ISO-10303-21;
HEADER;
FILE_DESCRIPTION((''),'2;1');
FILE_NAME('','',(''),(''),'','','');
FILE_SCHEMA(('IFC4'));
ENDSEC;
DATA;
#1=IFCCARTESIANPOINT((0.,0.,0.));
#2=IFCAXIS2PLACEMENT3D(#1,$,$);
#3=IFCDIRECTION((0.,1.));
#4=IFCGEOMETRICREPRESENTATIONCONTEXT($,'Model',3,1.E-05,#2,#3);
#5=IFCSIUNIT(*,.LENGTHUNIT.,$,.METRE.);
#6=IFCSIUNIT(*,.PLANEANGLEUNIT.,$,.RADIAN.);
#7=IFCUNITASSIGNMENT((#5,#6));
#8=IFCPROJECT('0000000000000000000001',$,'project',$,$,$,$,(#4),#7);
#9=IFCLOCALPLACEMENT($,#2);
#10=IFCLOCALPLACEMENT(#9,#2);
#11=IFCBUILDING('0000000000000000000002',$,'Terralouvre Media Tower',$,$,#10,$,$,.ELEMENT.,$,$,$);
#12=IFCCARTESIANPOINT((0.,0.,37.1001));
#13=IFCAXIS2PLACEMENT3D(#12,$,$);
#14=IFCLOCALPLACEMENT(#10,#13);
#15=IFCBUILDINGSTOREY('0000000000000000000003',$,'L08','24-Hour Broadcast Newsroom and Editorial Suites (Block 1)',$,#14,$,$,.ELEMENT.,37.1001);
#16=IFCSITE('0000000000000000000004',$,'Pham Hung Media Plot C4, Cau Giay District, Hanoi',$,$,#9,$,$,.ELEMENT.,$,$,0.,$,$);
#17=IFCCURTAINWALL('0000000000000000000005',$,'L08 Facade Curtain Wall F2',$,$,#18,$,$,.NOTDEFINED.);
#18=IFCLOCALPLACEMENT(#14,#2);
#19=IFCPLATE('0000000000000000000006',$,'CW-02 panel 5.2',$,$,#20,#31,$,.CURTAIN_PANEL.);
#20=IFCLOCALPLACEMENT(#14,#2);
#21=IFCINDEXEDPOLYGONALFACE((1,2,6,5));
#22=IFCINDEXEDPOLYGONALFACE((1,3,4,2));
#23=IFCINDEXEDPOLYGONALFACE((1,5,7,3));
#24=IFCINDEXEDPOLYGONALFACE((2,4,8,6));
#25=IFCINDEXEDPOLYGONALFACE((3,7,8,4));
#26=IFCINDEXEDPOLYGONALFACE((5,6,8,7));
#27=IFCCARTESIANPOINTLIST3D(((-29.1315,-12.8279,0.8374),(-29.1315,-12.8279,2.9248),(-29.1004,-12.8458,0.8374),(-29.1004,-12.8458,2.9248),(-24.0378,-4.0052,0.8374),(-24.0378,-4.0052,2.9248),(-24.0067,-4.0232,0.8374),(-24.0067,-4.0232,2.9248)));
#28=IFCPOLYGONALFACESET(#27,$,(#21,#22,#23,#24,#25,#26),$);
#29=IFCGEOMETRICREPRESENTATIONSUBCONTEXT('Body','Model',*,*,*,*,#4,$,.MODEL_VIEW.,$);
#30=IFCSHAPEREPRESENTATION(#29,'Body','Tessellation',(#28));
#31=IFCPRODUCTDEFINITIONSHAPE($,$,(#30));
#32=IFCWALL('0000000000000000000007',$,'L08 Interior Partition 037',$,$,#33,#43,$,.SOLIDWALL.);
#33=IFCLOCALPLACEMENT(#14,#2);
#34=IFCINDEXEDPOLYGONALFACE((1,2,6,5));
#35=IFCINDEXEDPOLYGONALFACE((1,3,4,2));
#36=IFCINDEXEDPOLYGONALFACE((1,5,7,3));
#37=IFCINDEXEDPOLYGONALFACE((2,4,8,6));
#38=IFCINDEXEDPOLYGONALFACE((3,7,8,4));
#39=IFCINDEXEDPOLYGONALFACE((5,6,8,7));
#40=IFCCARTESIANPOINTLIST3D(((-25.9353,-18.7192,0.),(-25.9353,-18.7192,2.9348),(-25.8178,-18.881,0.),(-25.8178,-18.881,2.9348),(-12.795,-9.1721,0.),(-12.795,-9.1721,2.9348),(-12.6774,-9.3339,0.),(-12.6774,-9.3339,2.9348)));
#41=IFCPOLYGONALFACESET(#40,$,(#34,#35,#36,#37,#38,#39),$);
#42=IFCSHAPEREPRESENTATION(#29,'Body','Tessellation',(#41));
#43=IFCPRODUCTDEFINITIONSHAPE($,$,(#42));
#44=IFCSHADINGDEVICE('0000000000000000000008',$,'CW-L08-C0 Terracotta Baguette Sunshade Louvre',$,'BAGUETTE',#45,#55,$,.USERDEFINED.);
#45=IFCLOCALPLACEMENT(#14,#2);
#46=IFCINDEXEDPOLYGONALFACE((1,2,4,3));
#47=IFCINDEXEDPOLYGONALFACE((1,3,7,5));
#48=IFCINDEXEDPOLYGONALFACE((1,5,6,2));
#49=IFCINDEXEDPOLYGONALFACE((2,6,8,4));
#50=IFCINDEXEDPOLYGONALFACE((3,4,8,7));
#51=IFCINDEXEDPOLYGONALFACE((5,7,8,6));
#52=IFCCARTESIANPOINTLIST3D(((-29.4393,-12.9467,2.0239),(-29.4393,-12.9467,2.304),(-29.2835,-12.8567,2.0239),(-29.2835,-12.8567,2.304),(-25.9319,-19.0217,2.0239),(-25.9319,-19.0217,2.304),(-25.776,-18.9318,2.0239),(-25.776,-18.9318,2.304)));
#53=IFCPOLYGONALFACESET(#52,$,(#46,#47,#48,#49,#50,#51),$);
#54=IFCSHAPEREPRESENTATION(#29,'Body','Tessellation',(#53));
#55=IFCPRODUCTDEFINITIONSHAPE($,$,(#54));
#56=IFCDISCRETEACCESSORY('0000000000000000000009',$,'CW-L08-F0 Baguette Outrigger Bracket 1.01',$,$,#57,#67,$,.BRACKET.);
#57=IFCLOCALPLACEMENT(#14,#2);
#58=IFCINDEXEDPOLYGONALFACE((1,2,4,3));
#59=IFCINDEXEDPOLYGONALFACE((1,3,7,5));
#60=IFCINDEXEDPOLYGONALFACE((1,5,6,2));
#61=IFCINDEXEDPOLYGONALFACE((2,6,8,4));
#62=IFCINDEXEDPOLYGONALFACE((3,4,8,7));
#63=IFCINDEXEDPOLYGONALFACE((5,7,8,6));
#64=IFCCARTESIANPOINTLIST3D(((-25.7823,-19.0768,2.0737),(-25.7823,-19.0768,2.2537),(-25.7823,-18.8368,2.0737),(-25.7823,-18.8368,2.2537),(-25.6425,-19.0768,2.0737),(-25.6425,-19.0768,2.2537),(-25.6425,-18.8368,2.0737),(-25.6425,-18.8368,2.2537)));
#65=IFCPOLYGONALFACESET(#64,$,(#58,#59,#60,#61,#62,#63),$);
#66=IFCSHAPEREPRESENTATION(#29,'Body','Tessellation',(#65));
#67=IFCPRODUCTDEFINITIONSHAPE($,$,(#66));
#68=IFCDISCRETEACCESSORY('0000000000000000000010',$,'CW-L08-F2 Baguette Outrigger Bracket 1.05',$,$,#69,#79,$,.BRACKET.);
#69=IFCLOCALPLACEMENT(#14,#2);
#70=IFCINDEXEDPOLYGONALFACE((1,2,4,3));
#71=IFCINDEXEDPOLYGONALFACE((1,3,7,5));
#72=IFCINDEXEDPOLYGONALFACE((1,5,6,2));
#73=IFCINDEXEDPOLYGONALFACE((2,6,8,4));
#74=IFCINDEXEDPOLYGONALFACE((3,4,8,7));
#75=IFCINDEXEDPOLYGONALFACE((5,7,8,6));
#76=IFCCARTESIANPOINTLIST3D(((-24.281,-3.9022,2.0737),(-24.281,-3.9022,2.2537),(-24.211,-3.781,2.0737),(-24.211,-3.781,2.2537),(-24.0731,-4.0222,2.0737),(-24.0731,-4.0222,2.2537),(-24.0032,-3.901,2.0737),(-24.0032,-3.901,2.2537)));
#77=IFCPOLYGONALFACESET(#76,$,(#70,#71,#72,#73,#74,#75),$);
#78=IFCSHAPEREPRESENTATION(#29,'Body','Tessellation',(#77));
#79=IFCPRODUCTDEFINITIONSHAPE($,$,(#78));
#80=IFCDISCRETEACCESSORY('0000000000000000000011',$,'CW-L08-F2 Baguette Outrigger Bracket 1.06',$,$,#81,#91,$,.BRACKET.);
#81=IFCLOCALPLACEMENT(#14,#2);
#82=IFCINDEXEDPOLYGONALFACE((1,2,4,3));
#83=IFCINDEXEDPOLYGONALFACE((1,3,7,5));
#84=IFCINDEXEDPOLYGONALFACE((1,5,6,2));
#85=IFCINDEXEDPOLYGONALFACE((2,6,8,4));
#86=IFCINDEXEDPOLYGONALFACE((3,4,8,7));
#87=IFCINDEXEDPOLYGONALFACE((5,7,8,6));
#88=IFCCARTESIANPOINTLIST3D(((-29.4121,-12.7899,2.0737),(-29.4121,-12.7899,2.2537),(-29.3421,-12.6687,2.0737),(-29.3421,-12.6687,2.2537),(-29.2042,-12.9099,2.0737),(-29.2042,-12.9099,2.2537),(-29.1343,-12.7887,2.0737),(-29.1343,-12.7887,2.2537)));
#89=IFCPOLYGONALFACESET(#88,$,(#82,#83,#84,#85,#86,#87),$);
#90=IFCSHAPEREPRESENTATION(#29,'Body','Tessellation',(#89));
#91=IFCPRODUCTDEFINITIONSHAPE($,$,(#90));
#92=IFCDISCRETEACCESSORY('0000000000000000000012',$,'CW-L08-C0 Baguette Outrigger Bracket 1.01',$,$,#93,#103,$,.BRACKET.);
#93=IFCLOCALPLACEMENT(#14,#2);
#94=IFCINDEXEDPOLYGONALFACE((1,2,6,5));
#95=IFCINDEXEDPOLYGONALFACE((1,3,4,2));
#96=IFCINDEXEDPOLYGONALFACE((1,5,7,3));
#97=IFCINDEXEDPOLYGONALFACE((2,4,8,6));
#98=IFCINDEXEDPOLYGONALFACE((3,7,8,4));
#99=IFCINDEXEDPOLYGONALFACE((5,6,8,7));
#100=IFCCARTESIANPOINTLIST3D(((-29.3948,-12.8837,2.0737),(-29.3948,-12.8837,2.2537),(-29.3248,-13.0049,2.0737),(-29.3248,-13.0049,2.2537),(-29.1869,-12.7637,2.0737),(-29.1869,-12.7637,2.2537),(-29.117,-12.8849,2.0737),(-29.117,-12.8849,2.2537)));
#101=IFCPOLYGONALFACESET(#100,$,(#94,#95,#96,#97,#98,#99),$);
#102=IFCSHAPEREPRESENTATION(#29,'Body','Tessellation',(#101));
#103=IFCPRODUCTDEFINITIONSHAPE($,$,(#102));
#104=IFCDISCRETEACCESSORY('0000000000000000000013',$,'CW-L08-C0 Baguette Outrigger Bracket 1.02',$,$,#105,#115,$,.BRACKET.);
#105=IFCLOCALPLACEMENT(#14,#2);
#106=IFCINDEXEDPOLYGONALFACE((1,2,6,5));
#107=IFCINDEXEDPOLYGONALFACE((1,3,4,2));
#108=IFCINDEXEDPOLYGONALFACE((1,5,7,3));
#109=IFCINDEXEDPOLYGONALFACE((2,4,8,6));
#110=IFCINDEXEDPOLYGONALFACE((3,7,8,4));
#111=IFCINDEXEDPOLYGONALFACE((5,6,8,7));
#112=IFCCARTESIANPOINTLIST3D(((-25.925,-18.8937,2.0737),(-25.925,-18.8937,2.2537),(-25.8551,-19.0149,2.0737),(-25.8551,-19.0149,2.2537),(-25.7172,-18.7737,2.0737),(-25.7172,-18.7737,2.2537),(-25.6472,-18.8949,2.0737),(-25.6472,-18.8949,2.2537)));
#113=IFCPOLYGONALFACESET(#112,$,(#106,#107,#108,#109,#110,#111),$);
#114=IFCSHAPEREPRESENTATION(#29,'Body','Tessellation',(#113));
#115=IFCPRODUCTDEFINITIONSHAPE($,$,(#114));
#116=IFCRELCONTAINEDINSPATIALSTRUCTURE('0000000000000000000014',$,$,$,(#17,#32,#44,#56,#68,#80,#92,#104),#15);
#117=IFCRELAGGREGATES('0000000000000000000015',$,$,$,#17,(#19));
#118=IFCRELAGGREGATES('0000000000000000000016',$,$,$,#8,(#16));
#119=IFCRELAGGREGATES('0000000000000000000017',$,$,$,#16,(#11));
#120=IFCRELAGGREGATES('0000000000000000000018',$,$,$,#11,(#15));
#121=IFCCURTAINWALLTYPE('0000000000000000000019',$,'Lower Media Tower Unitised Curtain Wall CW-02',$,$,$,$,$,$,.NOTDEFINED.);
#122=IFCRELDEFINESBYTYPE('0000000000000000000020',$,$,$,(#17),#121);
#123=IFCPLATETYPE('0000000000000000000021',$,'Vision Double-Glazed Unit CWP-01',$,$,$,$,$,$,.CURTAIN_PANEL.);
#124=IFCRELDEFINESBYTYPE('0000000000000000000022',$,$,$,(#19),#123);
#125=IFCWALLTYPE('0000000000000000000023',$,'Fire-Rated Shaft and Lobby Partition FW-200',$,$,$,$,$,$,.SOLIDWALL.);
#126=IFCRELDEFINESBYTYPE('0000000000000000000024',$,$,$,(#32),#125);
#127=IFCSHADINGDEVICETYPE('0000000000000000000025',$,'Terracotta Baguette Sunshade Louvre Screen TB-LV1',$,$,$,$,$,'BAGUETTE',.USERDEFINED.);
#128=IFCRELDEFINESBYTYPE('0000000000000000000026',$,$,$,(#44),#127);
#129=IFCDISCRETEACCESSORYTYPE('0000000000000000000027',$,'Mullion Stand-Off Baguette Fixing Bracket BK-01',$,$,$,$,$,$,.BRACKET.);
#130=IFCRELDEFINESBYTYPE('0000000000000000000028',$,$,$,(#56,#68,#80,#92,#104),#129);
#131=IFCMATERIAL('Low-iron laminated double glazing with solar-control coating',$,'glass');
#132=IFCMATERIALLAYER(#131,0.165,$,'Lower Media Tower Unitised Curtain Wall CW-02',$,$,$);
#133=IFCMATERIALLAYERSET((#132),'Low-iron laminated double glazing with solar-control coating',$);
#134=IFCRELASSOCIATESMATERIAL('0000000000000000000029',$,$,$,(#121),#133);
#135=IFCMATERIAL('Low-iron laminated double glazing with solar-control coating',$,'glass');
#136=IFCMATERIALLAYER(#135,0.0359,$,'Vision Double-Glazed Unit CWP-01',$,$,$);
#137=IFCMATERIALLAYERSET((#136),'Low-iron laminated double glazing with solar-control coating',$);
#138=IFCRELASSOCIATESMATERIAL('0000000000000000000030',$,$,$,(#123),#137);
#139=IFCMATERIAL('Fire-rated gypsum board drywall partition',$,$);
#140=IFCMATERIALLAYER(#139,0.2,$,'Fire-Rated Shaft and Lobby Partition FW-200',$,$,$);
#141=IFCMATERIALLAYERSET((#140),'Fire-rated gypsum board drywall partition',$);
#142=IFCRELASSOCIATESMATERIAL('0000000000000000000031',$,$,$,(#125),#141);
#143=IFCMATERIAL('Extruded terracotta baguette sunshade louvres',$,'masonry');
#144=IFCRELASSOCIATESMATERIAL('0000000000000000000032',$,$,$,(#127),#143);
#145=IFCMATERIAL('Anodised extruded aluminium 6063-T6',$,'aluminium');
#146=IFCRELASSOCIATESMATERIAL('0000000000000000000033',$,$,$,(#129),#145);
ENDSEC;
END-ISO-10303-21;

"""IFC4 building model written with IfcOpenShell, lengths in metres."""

from ifc_helpers import new_model, si_unit, direction, frame, frame_2d, origin, origin_2d, place, context, subcontext, project, spatial, rectangle, extrude, material, layer, layer_set, type_object, element, aggregate, save


model = new_model("IFC4")

# Units and contexts
model_context = context("Model", 3, precision=1e-05, world=origin(), true_north=direction((0.0, 1.0)))
body_context = subcontext(model_context, "Body", "Model", "MODEL_VIEW")
ifc_project = project(units=[si_unit("LENGTHUNIT", "METRE"), si_unit("PLANEANGLEUNIT", "RADIAN")], contexts=[model_context])

# Site, building, storey
site_placement = place(None, origin())
site = spatial("IfcSite", under=ifc_project, at=site_placement, Name="Pham Hung Media Plot C4, Cau Giay District, Hanoi", CompositionType="ELEMENT", RefElevation=0.0)
building_placement = place(site_placement, origin())
building = spatial("IfcBuilding", under=site, at=building_placement, Name="Terralouvre Media Tower", CompositionType="ELEMENT")
storey_placement = place(building_placement, frame((0.0, 0.0, 37.1001)))
storey = spatial("IfcBuildingStorey", under=building, at=storey_placement, Name="L08", Description="24-Hour Broadcast Newsroom and Editorial Suites (Block 1)", CompositionType="ELEMENT", Elevation=37.1001)

# Shared definitions
ifc_material_1 = material(Name="Low-iron laminated double glazing with solar-control coating", Category="glass")
ifc_layer_1 = layer(ifc_material_1, 0.165, Name="Lower Media Tower Unitised Curtain Wall CW-02")
ifc_layer_set_1 = layer_set([ifc_layer_1], Name="Low-iron laminated double glazing with solar-control coating")
curtain_wall_type_1 = type_object("IfcCurtainWallType", Name="Lower Media Tower Unitised Curtain Wall CW-02", PredefinedType="NOTDEFINED", material=ifc_layer_set_1)

# Curtain wall
curtain_wall_1_placement = place(storey_placement, origin())
curtain_wall_1 = element("IfcCurtainWall", 1, at=curtain_wall_1_placement, inside=storey, type_object=curtain_wall_type_1, Name="L08 Facade Curtain Wall F2", PredefinedType="NOTDEFINED")

# Plate
ifc_material_2 = material(Name="Low-iron laminated double glazing with solar-control coating", Category="glass")
ifc_layer_2 = layer(ifc_material_2, 0.0359, Name="Vision Double-Glazed Unit CWP-01")
ifc_layer_set_2 = layer_set([ifc_layer_2], Name="Low-iron laminated double glazing with solar-control coating")
plate_type_1 = type_object("IfcPlateType", Name="Vision Double-Glazed Unit CWP-01", PredefinedType="CURTAIN_PANEL", material=ifc_layer_set_2)
plate_1_placement = place(storey_placement, frame((-26.5691, -8.4255, 0.8374), z_axis=(0.0, 0.0, 1.0), x_axis=(-0.5, -0.866025, 0.0)))
plate_1 = element("IfcPlate", 2, at=plate_1_placement, type_object=plate_type_1, Name="CW-02 panel 5.2", PredefinedType="CURTAIN_PANEL", context=body_context, shape_type="SweptSolid", body=[
    extrude(rectangle(XDim=10.1875, YDim=0.0359, at=origin_2d()), origin(), (0.0, 0.0, 1.0), 2.0874),
])
aggregate(curtain_wall_1, [plate_1])

# Wall
ifc_material_3 = material(Name="Fire-rated gypsum board drywall partition")
ifc_layer_3 = layer(ifc_material_3, 0.2, Name="Fire-Rated Shaft and Lobby Partition FW-200")
ifc_layer_set_3 = layer_set([ifc_layer_3], Name="Fire-rated gypsum board drywall partition")
wall_type = type_object("IfcWallType", Name="Fire-Rated Shaft and Lobby Partition FW-200", PredefinedType="SOLIDWALL", material=ifc_layer_set_3)
wall_placement = place(storey_placement, frame((-25.8765, -18.8, 0.0), z_axis=(0.0, 0.0, 1.0), x_axis=(0.809015, 0.587788, 0.0)))
element("IfcWall", 3, at=wall_placement, inside=storey, type_object=wall_type, Name="L08 Interior Partition 037", PredefinedType="SOLIDWALL", context=body_context, shape_type="SweptSolid", body=[
    extrude(rectangle(XDim=16.2424, YDim=0.2, at=frame_2d((8.1211, 0.0))), origin(), (0.0, 0.0, 1.0), 2.9348),
])

# Shading device
ifc_material_4 = material(Name="Extruded terracotta baguette sunshade louvres", Category="masonry")
shading_device_type = type_object("IfcShadingDeviceType", Name="Terracotta Baguette Sunshade Louvre Screen TB-LV1", ElementType="BAGUETTE", PredefinedType="USERDEFINED", material=ifc_material_4)
shading_device_placement = place(storey_placement, frame((-27.6077, -15.9392, 2.0239), z_axis=(0.0, 0.0, 1.0), x_axis=(0.5, -0.866026, 0.0)))
element("IfcShadingDevice", 4, at=shading_device_placement, inside=storey, type_object=shading_device_type, Name="CW-L08-C0 Terracotta Baguette Sunshade Louvre", ObjectType="BAGUETTE", PredefinedType="USERDEFINED", context=body_context, shape_type="SweptSolid", body=[
    extrude(rectangle(XDim=7.0149, YDim=0.1799, at=origin_2d()), origin(), (0.0, 0.0, 1.0), 0.28),
])

# Discrete accessories
ifc_material_5 = material(Name="Anodised extruded aluminium 6063-T6", Category="aluminium")
discrete_accessory_type = type_object("IfcDiscreteAccessoryType", Name="Mullion Stand-Off Baguette Fixing Bracket BK-01", PredefinedType="BRACKET", material=ifc_material_5)
for number, where, z_axis, x_axis, name in (
    (5, (-25.7124, -18.9568, 2.0737), (0.0, 0.0, 1.0), (1.0, 0.0, 0.0), "CW-L08-F0 Baguette Outrigger Bracket 1.01"),
    (6, (-24.1421, -3.9016, 2.0737), (0.0, 0.0, 1.0), (-0.5, -0.866025, 0.0), "CW-L08-F2 Baguette Outrigger Bracket 1.05"),
    (7, (-29.2732, -12.7893, 2.0737), (0.0, 0.0, 1.0), (-0.5, -0.866025, 0.0), "CW-L08-F2 Baguette Outrigger Bracket 1.06"),
    (8, (-29.2559, -12.8843, 2.0737), (0.0, 0.0, 1.0), (0.5, -0.866026, 0.0), "CW-L08-C0 Baguette Outrigger Bracket 1.01"),
    (9, (-25.7861, -18.8943, 2.0737), (0.0, 0.0, 1.0), (0.5, -0.866026, 0.0), "CW-L08-C0 Baguette Outrigger Bracket 1.02"),
):
    element("IfcDiscreteAccessory", number, at=place(storey_placement, frame(where, z_axis=z_axis, x_axis=x_axis)), inside=storey, type_object=discrete_accessory_type, Name=name, PredefinedType="BRACKET", context=body_context, shape_type="SweptSolid", body=[
        extrude(rectangle(XDim=0.1399, YDim=0.24, at=origin_2d()), origin(), (0.0, 0.0, 1.0), 0.1799),
    ])

save(model, "model.ifc")
